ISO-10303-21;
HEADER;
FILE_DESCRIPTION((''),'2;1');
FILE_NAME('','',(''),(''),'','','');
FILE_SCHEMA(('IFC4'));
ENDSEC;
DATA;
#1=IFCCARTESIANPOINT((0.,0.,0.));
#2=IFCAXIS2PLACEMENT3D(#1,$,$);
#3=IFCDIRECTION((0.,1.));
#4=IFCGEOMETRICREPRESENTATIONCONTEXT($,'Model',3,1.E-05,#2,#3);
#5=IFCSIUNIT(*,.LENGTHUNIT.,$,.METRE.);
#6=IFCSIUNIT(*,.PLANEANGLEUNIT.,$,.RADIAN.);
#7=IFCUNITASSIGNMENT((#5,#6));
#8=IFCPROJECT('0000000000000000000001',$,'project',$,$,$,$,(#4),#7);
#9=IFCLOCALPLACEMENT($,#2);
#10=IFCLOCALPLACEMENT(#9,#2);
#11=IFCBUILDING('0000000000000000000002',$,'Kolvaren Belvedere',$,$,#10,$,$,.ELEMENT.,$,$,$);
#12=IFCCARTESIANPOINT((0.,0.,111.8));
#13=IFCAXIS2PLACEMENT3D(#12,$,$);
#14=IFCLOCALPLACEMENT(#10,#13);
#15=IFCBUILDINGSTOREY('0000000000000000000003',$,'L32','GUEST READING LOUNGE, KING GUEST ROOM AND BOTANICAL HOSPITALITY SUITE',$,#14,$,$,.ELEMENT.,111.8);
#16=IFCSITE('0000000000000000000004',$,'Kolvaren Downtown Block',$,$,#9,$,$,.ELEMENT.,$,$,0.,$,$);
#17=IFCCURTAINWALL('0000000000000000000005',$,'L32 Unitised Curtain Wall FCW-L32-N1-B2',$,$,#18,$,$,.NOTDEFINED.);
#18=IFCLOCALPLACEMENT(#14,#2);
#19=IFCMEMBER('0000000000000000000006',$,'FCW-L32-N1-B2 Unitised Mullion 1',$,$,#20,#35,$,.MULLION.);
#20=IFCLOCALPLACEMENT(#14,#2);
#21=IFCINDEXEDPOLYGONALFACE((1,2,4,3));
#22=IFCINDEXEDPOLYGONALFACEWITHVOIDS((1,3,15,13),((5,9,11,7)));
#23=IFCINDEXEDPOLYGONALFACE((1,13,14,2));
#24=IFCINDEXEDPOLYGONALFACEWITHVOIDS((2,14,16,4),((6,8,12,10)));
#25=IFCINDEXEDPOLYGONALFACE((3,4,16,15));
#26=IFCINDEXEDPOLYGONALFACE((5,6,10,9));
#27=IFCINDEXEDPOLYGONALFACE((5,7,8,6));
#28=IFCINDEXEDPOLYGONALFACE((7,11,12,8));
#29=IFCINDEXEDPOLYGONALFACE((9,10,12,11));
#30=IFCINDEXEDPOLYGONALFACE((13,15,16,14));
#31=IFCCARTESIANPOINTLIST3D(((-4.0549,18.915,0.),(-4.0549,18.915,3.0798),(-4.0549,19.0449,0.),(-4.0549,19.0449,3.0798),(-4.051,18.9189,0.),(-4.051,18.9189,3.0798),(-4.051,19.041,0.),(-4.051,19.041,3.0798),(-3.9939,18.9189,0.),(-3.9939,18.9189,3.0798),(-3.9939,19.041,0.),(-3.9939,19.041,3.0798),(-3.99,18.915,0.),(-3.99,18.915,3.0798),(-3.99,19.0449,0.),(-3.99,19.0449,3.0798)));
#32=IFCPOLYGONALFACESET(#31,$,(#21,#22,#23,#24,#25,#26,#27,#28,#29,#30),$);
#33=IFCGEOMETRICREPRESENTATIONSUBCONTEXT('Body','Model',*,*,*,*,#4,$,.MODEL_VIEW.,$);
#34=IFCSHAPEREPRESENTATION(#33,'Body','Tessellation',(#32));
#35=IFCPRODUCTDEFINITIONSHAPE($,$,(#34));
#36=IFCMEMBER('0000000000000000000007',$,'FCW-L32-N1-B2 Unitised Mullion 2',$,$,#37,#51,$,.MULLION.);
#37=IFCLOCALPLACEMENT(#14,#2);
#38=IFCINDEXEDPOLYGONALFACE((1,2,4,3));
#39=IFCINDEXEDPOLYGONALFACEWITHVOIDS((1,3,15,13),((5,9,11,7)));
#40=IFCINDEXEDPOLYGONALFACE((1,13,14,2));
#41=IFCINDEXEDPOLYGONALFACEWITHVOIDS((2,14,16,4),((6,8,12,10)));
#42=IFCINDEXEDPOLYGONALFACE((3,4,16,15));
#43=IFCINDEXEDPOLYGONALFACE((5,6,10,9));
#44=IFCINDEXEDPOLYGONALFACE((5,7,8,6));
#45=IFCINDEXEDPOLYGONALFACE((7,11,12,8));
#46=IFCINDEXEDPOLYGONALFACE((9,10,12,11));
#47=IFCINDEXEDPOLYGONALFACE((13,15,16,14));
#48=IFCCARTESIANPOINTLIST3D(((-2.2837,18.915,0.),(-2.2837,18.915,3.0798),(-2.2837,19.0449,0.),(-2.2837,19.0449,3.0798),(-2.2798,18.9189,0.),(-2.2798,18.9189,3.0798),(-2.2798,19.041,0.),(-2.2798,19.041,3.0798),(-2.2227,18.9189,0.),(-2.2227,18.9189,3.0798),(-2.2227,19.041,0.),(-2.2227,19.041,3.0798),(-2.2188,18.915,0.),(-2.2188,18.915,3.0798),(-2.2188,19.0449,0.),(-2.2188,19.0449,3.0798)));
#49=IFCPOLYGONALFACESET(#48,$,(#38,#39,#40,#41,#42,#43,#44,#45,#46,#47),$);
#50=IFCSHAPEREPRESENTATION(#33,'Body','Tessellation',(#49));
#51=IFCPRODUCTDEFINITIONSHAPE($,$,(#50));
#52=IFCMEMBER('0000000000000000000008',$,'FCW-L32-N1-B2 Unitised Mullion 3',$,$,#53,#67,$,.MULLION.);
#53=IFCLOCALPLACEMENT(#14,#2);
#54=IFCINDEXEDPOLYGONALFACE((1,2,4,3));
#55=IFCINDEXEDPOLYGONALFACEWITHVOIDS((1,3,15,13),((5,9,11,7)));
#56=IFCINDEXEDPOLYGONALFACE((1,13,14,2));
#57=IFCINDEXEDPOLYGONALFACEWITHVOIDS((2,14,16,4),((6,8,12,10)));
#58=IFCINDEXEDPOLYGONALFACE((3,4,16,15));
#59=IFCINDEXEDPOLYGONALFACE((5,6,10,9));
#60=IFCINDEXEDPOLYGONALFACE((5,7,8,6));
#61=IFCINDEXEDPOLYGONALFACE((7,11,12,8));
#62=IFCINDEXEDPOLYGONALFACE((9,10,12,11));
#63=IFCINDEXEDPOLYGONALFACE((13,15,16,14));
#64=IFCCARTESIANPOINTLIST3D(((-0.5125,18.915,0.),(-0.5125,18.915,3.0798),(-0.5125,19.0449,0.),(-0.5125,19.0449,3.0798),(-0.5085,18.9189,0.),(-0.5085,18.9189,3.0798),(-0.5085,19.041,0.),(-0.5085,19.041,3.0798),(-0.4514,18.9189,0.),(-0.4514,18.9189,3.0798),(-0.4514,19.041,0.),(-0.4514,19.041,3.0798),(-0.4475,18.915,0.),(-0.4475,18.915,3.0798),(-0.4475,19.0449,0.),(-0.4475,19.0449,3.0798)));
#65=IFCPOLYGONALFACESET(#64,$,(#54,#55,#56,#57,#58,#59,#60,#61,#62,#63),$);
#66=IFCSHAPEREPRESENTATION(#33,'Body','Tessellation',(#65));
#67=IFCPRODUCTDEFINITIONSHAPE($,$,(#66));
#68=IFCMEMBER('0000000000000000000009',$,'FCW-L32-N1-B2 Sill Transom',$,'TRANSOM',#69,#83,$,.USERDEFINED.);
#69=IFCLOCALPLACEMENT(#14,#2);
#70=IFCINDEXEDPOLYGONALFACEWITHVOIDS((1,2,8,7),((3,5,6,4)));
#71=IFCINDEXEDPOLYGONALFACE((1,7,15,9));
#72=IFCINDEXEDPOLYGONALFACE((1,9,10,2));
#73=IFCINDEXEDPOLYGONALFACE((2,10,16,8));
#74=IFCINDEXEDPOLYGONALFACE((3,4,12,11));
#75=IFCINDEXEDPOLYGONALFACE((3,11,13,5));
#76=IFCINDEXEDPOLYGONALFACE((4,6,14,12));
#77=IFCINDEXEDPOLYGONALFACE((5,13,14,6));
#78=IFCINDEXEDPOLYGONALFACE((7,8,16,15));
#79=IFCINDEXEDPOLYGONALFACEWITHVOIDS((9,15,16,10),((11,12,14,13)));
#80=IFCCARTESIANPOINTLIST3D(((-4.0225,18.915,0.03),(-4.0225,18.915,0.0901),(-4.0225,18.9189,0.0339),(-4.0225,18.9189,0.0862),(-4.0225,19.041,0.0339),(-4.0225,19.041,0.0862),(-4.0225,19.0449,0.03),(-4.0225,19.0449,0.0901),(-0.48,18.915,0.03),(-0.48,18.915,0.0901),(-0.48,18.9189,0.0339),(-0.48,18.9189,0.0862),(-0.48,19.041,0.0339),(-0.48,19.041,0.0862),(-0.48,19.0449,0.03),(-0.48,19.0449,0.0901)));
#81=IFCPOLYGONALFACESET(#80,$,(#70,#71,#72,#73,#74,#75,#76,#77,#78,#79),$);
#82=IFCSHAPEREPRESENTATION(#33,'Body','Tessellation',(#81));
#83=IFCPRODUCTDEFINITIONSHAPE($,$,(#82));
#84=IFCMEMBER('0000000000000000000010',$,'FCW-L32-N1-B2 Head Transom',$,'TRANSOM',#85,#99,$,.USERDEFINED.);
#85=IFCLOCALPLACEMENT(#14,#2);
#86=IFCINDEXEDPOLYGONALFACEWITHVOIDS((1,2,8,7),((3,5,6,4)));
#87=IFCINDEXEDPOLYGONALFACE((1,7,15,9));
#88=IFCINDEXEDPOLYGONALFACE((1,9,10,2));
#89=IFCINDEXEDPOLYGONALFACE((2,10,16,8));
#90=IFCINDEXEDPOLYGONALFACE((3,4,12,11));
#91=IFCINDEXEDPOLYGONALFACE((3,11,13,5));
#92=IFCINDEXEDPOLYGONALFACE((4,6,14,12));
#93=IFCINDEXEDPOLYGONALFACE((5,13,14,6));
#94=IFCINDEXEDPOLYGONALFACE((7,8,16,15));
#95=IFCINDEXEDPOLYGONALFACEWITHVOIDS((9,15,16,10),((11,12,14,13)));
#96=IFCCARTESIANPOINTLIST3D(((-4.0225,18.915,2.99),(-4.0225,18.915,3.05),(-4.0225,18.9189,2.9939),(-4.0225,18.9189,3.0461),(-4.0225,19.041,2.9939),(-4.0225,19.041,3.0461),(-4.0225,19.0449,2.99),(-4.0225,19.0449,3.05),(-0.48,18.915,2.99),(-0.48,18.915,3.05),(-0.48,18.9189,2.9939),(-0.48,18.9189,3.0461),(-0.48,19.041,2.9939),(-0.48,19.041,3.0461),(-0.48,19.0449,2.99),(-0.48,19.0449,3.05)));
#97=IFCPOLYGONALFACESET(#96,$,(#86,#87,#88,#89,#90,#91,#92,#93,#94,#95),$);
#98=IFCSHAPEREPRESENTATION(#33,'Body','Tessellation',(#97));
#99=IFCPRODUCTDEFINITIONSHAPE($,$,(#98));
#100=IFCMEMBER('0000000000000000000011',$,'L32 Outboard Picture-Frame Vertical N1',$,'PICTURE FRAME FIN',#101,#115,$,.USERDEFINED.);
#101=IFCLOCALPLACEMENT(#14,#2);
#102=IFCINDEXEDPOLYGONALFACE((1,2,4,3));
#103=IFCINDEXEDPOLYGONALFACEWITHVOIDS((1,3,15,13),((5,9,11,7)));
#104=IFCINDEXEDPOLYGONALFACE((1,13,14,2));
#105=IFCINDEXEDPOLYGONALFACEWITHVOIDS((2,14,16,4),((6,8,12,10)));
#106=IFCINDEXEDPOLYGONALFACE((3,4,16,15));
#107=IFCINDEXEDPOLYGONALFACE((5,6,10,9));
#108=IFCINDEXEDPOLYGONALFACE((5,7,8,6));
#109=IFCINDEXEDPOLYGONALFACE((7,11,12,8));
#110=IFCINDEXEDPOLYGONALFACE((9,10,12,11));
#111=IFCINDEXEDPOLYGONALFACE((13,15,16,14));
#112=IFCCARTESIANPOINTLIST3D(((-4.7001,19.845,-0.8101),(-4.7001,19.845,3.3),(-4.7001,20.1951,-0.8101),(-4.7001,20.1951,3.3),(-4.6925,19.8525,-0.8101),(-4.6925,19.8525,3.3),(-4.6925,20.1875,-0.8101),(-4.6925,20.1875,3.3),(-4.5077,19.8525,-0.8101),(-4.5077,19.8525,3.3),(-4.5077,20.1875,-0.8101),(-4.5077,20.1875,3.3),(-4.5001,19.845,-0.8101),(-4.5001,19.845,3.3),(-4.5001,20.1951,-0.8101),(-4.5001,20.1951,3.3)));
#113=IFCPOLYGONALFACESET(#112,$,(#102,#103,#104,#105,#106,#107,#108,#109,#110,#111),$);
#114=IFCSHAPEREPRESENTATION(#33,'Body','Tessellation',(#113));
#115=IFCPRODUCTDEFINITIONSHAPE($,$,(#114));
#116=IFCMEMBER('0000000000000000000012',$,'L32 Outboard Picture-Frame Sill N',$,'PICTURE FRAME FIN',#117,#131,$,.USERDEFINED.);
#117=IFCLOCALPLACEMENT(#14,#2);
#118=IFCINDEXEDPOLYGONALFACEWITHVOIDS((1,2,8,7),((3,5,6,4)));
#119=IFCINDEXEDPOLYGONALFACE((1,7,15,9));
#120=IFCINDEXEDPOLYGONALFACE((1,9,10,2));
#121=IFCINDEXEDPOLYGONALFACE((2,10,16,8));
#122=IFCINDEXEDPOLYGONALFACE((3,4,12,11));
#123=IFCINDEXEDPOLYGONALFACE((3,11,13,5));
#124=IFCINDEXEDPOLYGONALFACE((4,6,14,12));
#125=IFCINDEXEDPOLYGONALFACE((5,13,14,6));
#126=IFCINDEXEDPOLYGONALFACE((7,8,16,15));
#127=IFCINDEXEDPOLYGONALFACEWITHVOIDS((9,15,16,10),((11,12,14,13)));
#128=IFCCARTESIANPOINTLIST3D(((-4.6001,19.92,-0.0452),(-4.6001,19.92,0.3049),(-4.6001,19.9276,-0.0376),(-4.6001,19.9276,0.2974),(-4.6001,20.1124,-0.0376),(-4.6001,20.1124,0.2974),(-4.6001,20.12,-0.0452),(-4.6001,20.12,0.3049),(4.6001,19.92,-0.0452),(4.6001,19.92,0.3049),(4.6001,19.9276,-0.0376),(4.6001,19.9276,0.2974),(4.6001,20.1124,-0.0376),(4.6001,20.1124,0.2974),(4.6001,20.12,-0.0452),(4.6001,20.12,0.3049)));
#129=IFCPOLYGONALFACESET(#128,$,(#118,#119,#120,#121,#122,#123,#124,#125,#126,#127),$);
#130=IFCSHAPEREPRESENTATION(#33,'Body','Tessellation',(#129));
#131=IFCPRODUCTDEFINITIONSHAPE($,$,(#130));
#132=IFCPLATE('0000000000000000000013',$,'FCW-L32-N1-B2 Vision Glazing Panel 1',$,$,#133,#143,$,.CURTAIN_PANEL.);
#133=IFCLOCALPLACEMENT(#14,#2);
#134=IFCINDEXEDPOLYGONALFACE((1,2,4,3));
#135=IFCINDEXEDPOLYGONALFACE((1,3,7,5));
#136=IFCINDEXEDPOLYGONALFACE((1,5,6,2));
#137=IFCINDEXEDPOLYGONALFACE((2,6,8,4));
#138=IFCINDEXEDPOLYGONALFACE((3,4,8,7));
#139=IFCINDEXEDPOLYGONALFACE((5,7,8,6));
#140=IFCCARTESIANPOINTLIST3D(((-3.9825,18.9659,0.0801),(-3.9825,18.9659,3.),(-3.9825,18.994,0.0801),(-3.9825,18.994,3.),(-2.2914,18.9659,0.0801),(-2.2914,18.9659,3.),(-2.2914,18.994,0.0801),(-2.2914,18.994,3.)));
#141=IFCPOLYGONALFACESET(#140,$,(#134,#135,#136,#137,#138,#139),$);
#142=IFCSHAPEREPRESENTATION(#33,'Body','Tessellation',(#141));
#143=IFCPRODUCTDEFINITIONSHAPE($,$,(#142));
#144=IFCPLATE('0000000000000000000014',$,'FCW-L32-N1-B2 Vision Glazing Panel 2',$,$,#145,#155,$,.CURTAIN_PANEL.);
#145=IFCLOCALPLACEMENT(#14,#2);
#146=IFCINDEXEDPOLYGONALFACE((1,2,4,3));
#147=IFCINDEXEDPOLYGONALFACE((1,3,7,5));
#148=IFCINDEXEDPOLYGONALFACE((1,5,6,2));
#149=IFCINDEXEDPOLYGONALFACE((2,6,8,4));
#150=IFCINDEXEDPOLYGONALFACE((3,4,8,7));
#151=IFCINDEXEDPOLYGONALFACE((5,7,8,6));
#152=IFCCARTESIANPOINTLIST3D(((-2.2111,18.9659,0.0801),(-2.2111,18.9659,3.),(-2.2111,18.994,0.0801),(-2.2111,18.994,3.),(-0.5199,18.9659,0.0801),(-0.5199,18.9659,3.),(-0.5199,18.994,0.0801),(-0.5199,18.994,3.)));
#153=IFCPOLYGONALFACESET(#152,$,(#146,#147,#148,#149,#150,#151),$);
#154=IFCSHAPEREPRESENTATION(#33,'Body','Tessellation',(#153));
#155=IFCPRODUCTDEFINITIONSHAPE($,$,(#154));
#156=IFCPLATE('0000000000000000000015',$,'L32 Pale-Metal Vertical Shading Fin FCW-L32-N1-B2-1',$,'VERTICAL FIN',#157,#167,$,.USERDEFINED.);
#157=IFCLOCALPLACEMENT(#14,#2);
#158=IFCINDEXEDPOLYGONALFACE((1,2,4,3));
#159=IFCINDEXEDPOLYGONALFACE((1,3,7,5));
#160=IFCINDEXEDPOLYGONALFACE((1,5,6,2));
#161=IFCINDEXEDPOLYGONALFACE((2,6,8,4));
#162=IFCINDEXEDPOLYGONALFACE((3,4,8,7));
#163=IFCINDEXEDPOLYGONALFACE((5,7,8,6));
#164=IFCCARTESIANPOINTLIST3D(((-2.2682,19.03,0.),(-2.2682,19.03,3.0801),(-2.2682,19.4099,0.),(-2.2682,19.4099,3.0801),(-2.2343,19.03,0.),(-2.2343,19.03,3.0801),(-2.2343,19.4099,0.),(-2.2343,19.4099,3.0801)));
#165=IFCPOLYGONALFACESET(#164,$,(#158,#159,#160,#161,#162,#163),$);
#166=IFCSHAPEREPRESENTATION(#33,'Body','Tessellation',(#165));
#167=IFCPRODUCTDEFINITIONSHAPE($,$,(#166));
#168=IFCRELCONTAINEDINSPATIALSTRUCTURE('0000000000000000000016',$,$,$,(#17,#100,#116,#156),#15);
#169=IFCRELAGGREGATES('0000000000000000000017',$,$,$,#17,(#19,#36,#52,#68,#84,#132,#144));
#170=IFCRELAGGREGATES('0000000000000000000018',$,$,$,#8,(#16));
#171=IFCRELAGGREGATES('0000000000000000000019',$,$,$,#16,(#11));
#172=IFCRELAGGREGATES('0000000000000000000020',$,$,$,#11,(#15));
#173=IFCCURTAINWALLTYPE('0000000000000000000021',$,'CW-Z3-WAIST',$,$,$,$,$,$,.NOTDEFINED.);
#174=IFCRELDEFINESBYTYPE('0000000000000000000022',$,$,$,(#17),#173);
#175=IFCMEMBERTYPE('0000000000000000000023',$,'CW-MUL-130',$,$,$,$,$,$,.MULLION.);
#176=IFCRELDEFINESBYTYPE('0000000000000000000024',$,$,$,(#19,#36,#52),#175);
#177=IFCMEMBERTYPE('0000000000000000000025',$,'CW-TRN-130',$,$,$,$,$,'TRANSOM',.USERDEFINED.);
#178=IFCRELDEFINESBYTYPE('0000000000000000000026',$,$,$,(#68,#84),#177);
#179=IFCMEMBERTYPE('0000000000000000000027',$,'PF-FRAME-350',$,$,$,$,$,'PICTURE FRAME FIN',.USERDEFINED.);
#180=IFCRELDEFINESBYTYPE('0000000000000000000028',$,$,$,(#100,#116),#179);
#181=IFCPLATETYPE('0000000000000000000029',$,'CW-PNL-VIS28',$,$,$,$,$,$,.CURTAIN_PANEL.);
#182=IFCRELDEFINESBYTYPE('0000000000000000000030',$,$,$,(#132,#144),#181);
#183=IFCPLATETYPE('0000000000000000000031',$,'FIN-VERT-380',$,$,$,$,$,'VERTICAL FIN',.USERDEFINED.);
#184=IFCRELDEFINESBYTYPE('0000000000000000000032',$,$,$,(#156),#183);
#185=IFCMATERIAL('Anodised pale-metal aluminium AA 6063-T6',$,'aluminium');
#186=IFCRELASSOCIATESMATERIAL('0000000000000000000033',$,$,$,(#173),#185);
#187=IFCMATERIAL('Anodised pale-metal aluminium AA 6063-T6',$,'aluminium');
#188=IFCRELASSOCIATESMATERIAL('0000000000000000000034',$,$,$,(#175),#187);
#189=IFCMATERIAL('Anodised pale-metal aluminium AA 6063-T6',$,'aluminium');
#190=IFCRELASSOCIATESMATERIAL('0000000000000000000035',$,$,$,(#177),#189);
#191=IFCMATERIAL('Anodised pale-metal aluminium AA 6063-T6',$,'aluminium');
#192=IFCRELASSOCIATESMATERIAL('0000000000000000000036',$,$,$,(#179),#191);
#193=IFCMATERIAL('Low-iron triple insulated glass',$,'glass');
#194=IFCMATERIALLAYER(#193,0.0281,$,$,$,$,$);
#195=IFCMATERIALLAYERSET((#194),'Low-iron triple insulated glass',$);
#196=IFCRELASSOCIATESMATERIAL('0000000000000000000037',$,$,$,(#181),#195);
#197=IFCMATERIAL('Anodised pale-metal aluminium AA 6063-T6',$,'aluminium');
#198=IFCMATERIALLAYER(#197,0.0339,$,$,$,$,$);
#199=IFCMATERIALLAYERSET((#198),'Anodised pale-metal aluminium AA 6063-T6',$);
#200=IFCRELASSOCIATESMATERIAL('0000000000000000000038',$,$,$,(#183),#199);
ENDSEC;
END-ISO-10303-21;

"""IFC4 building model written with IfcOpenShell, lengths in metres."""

from ifc_helpers import new_model, si_unit, direction, frame, origin, origin_2d, place, context, subcontext, project, spatial, rectangle, hollow_rectangle, extrude, material, layer, layer_set, material_profile, profile_set, type_object, element, aggregate, save


model = new_model("IFC4")

# Units and contexts
model_context = context("Model", 3, precision=1e-05, world=origin(), true_north=direction((0.0, 1.0)))
body_context = subcontext(model_context, "Body", "Model", "MODEL_VIEW")
ifc_project = project(units=[si_unit("LENGTHUNIT", "METRE"), si_unit("PLANEANGLEUNIT", "RADIAN")], contexts=[model_context])

# Site, building, storey
site_placement = place(None, origin())
site = spatial("IfcSite", under=ifc_project, at=site_placement, Name="Kolvaren Downtown Block", CompositionType="ELEMENT", RefElevation=0.0)
building_placement = place(site_placement, origin())
building = spatial("IfcBuilding", under=site, at=building_placement, Name="Kolvaren Belvedere", CompositionType="ELEMENT")
storey_placement = place(building_placement, frame((0.0, 0.0, 111.8)))
storey = spatial("IfcBuildingStorey", under=building, at=storey_placement, Name="L32", Description="GUEST READING LOUNGE, KING GUEST ROOM AND BOTANICAL HOSPITALITY SUITE", CompositionType="ELEMENT", Elevation=111.8)

# Shared definitions
ifc_material_1 = material(Name="Anodised pale-metal aluminium AA 6063-T6", Category="aluminium")
curtain_wall_type = type_object("IfcCurtainWallType", Name="CW-Z3-WAIST", PredefinedType="NOTDEFINED", material=ifc_material_1)
ifc_material_2 = material(Name="Anodised pale-metal aluminium AA 6063-T6", Category="aluminium")
ifc_material_profile_1 = material_profile(ifc_material_2, hollow_rectangle(XDim=0.0649, YDim=0.1299, WallThickness=0.0039, at=origin_2d()), Name="ALU-MUL-130X65")
ifc_profile_set_1 = profile_set([ifc_material_profile_1], Name="Anodised pale-metal aluminium AA 6063-T6")
member_type_1 = type_object("IfcMemberType", Name="CW-MUL-130", PredefinedType="MULLION", material=ifc_profile_set_1)

# Curtain wall, members
curtain_wall_1_placement = place(storey_placement, origin())
curtain_wall_1 = element("IfcCurtainWall", 1, at=curtain_wall_1_placement, inside=storey, type_object=curtain_wall_type, Name="L32 Unitised Curtain Wall FCW-L32-N1-B2", PredefinedType="NOTDEFINED")
member_1_placement = place(storey_placement, frame((-4.0225, 18.98, 0.0), z_axis=(0.0, 0.0, 1.0), x_axis=(1.0, 0.0, 0.0)))
member_1 = element("IfcMember", 2, at=member_1_placement, type_object=member_type_1, Name="FCW-L32-N1-B2 Unitised Mullion 1", PredefinedType="MULLION", context=body_context, shape_type="SweptSolid", body=[
    extrude(hollow_rectangle(XDim=0.0649, YDim=0.1299, WallThickness=0.0039, at=origin_2d()), origin(), (0.0, 0.0, 1.0), 3.0798),
])
member_2_placement = place(storey_placement, frame((-2.2512, 18.98, 0.0), z_axis=(0.0, 0.0, 1.0), x_axis=(1.0, 0.0, 0.0)))
member_2 = element("IfcMember", 3, at=member_2_placement, type_object=member_type_1, Name="FCW-L32-N1-B2 Unitised Mullion 2", PredefinedType="MULLION", context=body_context, shape_type="SweptSolid", body=[
    extrude(hollow_rectangle(XDim=0.0649, YDim=0.1299, WallThickness=0.0039, at=origin_2d()), origin(), (0.0, 0.0, 1.0), 3.0798),
])
member_3_placement = place(storey_placement, frame((-0.48, 18.98, 0.0), z_axis=(0.0, 0.0, 1.0), x_axis=(1.0, 0.0, 0.0)))
member_3 = element("IfcMember", 4, at=member_3_placement, type_object=member_type_1, Name="FCW-L32-N1-B2 Unitised Mullion 3", PredefinedType="MULLION", context=body_context, shape_type="SweptSolid", body=[
    extrude(hollow_rectangle(XDim=0.0649, YDim=0.1299, WallThickness=0.0039, at=origin_2d()), origin(), (0.0, 0.0, 1.0), 3.0798),
])
ifc_material_3 = material(Name="Anodised pale-metal aluminium AA 6063-T6", Category="aluminium")
ifc_material_profile_2 = material_profile(ifc_material_3, hollow_rectangle(XDim=0.0601, YDim=0.1299, WallThickness=0.0039, at=origin_2d()), Name="ALU-TRN-130X60")
ifc_profile_set_2 = profile_set([ifc_material_profile_2], Name="Anodised pale-metal aluminium AA 6063-T6")
member_type_2 = type_object("IfcMemberType", Name="CW-TRN-130", ElementType="TRANSOM", PredefinedType="USERDEFINED", material=ifc_profile_set_2)
member_4_placement = place(storey_placement, frame((-4.0225, 18.98, 0.0601), z_axis=(1.0, 0.0, 0.0), x_axis=(0.0, 0.0, 1.0)))
member_4 = element("IfcMember", 5, at=member_4_placement, type_object=member_type_2, Name="FCW-L32-N1-B2 Sill Transom", ObjectType="TRANSOM", PredefinedType="USERDEFINED", context=body_context, shape_type="SweptSolid", body=[
    extrude(hollow_rectangle(XDim=0.0601, YDim=0.1299, WallThickness=0.0039, at=origin_2d()), origin(), (0.0, 0.0, 1.0), 3.5425),
])
member_5_placement = place(storey_placement, frame((-4.0225, 18.98, 3.02), z_axis=(1.0, 0.0, 0.0), x_axis=(0.0, 0.0, 1.0)))
member_5 = element("IfcMember", 6, at=member_5_placement, type_object=member_type_2, Name="FCW-L32-N1-B2 Head Transom", ObjectType="TRANSOM", PredefinedType="USERDEFINED", context=body_context, shape_type="SweptSolid", body=[
    extrude(hollow_rectangle(XDim=0.0601, YDim=0.1299, WallThickness=0.0039, at=origin_2d()), origin(), (0.0, 0.0, 1.0), 3.5425),
])

# Members
ifc_material_4 = material(Name="Anodised pale-metal aluminium AA 6063-T6", Category="aluminium")
ifc_material_profile_3 = material_profile(ifc_material_4, hollow_rectangle(XDim=0.2, YDim=0.3501, WallThickness=0.0076, at=origin_2d()), Name="ALU-PF-350X200")
ifc_profile_set_3 = profile_set([ifc_material_profile_3], Name="Anodised pale-metal aluminium AA 6063-T6")
member_type_3 = type_object("IfcMemberType", Name="PF-FRAME-350", ElementType="PICTURE FRAME FIN", PredefinedType="USERDEFINED", material=ifc_profile_set_3)
member_6_placement = place(storey_placement, frame((-4.6001, 20.02, -0.8101), z_axis=(0.0, 0.0, 1.0), x_axis=(1.0, 0.0, 0.0)))
element("IfcMember", 7, at=member_6_placement, inside=storey, type_object=member_type_3, Name="L32 Outboard Picture-Frame Vertical N1", ObjectType="PICTURE FRAME FIN", PredefinedType="USERDEFINED", context=body_context, shape_type="SweptSolid", body=[
    extrude(hollow_rectangle(XDim=0.2, YDim=0.3501, WallThickness=0.0076, at=origin_2d()), origin(), (0.0, 0.0, 1.0), 4.1101),
])
member_7_placement = place(storey_placement, frame((-4.6001, 20.02, 0.1299), z_axis=(1.0, 0.0, 0.0), x_axis=(0.0, 1.0, 0.0)))
element("IfcMember", 8, at=member_7_placement, inside=storey, type_object=member_type_3, Name="L32 Outboard Picture-Frame Sill N", ObjectType="PICTURE FRAME FIN", PredefinedType="USERDEFINED", context=body_context, shape_type="SweptSolid", body=[
    extrude(hollow_rectangle(XDim=0.2, YDim=0.3501, WallThickness=0.0076, at=origin_2d()), origin(), (0.0, 0.0, 1.0), 9.2002),
])

# Plates
ifc_material_5 = material(Name="Low-iron triple insulated glass", Category="glass")
ifc_layer_1 = layer(ifc_material_5, 0.0281)
ifc_layer_set_1 = layer_set([ifc_layer_1], Name="Low-iron triple insulated glass")
plate_type_1 = type_object("IfcPlateType", Name="CW-PNL-VIS28", PredefinedType="CURTAIN_PANEL", material=ifc_layer_set_1)
plate_1_placement = place(storey_placement, frame((-3.137, 18.98, 0.0801), z_axis=(0.0, 0.0, 1.0), x_axis=(1.0, 0.0, 0.0)))
plate_1 = element("IfcPlate", 9, at=plate_1_placement, type_object=plate_type_1, Name="FCW-L32-N1-B2 Vision Glazing Panel 1", PredefinedType="CURTAIN_PANEL", context=body_context, shape_type="SweptSolid", body=[
    extrude(rectangle(XDim=1.6912, YDim=0.0281, at=origin_2d()), origin(), (0.0, 0.0, 1.0), 2.9199),
])
plate_2_placement = place(storey_placement, frame((-1.3655, 18.98, 0.0801), z_axis=(0.0, 0.0, 1.0), x_axis=(1.0, 0.0, 0.0)))
plate_2 = element("IfcPlate", 10, at=plate_2_placement, type_object=plate_type_1, Name="FCW-L32-N1-B2 Vision Glazing Panel 2", PredefinedType="CURTAIN_PANEL", context=body_context, shape_type="SweptSolid", body=[
    extrude(rectangle(XDim=1.6912, YDim=0.0281, at=origin_2d()), origin(), (0.0, 0.0, 1.0), 2.9199),
])
aggregate(curtain_wall_1, [member_1, member_2, member_3, member_4, member_5, plate_1, plate_2])
ifc_material_6 = material(Name="Anodised pale-metal aluminium AA 6063-T6", Category="aluminium")
ifc_layer_2 = layer(ifc_material_6, 0.0339)
ifc_layer_set_2 = layer_set([ifc_layer_2], Name="Anodised pale-metal aluminium AA 6063-T6")
plate_type_2 = type_object("IfcPlateType", Name="FIN-VERT-380", ElementType="VERTICAL FIN", PredefinedType="USERDEFINED", material=ifc_layer_set_2)
plate_3_placement = place(storey_placement, frame((-2.2512, 19.22, 0.0), z_axis=(0.0, 0.0, 1.0), x_axis=(0.0, 1.0, 0.0)))
element("IfcPlate", 11, at=plate_3_placement, inside=storey, type_object=plate_type_2, Name="L32 Pale-Metal Vertical Shading Fin FCW-L32-N1-B2-1", ObjectType="VERTICAL FIN", PredefinedType="USERDEFINED", context=body_context, shape_type="SweptSolid", body=[
    extrude(rectangle(XDim=0.3799, YDim=0.0339, at=origin_2d()), origin(), (0.0, 0.0, 1.0), 3.0801),
])

save(model, "model.ifc")
